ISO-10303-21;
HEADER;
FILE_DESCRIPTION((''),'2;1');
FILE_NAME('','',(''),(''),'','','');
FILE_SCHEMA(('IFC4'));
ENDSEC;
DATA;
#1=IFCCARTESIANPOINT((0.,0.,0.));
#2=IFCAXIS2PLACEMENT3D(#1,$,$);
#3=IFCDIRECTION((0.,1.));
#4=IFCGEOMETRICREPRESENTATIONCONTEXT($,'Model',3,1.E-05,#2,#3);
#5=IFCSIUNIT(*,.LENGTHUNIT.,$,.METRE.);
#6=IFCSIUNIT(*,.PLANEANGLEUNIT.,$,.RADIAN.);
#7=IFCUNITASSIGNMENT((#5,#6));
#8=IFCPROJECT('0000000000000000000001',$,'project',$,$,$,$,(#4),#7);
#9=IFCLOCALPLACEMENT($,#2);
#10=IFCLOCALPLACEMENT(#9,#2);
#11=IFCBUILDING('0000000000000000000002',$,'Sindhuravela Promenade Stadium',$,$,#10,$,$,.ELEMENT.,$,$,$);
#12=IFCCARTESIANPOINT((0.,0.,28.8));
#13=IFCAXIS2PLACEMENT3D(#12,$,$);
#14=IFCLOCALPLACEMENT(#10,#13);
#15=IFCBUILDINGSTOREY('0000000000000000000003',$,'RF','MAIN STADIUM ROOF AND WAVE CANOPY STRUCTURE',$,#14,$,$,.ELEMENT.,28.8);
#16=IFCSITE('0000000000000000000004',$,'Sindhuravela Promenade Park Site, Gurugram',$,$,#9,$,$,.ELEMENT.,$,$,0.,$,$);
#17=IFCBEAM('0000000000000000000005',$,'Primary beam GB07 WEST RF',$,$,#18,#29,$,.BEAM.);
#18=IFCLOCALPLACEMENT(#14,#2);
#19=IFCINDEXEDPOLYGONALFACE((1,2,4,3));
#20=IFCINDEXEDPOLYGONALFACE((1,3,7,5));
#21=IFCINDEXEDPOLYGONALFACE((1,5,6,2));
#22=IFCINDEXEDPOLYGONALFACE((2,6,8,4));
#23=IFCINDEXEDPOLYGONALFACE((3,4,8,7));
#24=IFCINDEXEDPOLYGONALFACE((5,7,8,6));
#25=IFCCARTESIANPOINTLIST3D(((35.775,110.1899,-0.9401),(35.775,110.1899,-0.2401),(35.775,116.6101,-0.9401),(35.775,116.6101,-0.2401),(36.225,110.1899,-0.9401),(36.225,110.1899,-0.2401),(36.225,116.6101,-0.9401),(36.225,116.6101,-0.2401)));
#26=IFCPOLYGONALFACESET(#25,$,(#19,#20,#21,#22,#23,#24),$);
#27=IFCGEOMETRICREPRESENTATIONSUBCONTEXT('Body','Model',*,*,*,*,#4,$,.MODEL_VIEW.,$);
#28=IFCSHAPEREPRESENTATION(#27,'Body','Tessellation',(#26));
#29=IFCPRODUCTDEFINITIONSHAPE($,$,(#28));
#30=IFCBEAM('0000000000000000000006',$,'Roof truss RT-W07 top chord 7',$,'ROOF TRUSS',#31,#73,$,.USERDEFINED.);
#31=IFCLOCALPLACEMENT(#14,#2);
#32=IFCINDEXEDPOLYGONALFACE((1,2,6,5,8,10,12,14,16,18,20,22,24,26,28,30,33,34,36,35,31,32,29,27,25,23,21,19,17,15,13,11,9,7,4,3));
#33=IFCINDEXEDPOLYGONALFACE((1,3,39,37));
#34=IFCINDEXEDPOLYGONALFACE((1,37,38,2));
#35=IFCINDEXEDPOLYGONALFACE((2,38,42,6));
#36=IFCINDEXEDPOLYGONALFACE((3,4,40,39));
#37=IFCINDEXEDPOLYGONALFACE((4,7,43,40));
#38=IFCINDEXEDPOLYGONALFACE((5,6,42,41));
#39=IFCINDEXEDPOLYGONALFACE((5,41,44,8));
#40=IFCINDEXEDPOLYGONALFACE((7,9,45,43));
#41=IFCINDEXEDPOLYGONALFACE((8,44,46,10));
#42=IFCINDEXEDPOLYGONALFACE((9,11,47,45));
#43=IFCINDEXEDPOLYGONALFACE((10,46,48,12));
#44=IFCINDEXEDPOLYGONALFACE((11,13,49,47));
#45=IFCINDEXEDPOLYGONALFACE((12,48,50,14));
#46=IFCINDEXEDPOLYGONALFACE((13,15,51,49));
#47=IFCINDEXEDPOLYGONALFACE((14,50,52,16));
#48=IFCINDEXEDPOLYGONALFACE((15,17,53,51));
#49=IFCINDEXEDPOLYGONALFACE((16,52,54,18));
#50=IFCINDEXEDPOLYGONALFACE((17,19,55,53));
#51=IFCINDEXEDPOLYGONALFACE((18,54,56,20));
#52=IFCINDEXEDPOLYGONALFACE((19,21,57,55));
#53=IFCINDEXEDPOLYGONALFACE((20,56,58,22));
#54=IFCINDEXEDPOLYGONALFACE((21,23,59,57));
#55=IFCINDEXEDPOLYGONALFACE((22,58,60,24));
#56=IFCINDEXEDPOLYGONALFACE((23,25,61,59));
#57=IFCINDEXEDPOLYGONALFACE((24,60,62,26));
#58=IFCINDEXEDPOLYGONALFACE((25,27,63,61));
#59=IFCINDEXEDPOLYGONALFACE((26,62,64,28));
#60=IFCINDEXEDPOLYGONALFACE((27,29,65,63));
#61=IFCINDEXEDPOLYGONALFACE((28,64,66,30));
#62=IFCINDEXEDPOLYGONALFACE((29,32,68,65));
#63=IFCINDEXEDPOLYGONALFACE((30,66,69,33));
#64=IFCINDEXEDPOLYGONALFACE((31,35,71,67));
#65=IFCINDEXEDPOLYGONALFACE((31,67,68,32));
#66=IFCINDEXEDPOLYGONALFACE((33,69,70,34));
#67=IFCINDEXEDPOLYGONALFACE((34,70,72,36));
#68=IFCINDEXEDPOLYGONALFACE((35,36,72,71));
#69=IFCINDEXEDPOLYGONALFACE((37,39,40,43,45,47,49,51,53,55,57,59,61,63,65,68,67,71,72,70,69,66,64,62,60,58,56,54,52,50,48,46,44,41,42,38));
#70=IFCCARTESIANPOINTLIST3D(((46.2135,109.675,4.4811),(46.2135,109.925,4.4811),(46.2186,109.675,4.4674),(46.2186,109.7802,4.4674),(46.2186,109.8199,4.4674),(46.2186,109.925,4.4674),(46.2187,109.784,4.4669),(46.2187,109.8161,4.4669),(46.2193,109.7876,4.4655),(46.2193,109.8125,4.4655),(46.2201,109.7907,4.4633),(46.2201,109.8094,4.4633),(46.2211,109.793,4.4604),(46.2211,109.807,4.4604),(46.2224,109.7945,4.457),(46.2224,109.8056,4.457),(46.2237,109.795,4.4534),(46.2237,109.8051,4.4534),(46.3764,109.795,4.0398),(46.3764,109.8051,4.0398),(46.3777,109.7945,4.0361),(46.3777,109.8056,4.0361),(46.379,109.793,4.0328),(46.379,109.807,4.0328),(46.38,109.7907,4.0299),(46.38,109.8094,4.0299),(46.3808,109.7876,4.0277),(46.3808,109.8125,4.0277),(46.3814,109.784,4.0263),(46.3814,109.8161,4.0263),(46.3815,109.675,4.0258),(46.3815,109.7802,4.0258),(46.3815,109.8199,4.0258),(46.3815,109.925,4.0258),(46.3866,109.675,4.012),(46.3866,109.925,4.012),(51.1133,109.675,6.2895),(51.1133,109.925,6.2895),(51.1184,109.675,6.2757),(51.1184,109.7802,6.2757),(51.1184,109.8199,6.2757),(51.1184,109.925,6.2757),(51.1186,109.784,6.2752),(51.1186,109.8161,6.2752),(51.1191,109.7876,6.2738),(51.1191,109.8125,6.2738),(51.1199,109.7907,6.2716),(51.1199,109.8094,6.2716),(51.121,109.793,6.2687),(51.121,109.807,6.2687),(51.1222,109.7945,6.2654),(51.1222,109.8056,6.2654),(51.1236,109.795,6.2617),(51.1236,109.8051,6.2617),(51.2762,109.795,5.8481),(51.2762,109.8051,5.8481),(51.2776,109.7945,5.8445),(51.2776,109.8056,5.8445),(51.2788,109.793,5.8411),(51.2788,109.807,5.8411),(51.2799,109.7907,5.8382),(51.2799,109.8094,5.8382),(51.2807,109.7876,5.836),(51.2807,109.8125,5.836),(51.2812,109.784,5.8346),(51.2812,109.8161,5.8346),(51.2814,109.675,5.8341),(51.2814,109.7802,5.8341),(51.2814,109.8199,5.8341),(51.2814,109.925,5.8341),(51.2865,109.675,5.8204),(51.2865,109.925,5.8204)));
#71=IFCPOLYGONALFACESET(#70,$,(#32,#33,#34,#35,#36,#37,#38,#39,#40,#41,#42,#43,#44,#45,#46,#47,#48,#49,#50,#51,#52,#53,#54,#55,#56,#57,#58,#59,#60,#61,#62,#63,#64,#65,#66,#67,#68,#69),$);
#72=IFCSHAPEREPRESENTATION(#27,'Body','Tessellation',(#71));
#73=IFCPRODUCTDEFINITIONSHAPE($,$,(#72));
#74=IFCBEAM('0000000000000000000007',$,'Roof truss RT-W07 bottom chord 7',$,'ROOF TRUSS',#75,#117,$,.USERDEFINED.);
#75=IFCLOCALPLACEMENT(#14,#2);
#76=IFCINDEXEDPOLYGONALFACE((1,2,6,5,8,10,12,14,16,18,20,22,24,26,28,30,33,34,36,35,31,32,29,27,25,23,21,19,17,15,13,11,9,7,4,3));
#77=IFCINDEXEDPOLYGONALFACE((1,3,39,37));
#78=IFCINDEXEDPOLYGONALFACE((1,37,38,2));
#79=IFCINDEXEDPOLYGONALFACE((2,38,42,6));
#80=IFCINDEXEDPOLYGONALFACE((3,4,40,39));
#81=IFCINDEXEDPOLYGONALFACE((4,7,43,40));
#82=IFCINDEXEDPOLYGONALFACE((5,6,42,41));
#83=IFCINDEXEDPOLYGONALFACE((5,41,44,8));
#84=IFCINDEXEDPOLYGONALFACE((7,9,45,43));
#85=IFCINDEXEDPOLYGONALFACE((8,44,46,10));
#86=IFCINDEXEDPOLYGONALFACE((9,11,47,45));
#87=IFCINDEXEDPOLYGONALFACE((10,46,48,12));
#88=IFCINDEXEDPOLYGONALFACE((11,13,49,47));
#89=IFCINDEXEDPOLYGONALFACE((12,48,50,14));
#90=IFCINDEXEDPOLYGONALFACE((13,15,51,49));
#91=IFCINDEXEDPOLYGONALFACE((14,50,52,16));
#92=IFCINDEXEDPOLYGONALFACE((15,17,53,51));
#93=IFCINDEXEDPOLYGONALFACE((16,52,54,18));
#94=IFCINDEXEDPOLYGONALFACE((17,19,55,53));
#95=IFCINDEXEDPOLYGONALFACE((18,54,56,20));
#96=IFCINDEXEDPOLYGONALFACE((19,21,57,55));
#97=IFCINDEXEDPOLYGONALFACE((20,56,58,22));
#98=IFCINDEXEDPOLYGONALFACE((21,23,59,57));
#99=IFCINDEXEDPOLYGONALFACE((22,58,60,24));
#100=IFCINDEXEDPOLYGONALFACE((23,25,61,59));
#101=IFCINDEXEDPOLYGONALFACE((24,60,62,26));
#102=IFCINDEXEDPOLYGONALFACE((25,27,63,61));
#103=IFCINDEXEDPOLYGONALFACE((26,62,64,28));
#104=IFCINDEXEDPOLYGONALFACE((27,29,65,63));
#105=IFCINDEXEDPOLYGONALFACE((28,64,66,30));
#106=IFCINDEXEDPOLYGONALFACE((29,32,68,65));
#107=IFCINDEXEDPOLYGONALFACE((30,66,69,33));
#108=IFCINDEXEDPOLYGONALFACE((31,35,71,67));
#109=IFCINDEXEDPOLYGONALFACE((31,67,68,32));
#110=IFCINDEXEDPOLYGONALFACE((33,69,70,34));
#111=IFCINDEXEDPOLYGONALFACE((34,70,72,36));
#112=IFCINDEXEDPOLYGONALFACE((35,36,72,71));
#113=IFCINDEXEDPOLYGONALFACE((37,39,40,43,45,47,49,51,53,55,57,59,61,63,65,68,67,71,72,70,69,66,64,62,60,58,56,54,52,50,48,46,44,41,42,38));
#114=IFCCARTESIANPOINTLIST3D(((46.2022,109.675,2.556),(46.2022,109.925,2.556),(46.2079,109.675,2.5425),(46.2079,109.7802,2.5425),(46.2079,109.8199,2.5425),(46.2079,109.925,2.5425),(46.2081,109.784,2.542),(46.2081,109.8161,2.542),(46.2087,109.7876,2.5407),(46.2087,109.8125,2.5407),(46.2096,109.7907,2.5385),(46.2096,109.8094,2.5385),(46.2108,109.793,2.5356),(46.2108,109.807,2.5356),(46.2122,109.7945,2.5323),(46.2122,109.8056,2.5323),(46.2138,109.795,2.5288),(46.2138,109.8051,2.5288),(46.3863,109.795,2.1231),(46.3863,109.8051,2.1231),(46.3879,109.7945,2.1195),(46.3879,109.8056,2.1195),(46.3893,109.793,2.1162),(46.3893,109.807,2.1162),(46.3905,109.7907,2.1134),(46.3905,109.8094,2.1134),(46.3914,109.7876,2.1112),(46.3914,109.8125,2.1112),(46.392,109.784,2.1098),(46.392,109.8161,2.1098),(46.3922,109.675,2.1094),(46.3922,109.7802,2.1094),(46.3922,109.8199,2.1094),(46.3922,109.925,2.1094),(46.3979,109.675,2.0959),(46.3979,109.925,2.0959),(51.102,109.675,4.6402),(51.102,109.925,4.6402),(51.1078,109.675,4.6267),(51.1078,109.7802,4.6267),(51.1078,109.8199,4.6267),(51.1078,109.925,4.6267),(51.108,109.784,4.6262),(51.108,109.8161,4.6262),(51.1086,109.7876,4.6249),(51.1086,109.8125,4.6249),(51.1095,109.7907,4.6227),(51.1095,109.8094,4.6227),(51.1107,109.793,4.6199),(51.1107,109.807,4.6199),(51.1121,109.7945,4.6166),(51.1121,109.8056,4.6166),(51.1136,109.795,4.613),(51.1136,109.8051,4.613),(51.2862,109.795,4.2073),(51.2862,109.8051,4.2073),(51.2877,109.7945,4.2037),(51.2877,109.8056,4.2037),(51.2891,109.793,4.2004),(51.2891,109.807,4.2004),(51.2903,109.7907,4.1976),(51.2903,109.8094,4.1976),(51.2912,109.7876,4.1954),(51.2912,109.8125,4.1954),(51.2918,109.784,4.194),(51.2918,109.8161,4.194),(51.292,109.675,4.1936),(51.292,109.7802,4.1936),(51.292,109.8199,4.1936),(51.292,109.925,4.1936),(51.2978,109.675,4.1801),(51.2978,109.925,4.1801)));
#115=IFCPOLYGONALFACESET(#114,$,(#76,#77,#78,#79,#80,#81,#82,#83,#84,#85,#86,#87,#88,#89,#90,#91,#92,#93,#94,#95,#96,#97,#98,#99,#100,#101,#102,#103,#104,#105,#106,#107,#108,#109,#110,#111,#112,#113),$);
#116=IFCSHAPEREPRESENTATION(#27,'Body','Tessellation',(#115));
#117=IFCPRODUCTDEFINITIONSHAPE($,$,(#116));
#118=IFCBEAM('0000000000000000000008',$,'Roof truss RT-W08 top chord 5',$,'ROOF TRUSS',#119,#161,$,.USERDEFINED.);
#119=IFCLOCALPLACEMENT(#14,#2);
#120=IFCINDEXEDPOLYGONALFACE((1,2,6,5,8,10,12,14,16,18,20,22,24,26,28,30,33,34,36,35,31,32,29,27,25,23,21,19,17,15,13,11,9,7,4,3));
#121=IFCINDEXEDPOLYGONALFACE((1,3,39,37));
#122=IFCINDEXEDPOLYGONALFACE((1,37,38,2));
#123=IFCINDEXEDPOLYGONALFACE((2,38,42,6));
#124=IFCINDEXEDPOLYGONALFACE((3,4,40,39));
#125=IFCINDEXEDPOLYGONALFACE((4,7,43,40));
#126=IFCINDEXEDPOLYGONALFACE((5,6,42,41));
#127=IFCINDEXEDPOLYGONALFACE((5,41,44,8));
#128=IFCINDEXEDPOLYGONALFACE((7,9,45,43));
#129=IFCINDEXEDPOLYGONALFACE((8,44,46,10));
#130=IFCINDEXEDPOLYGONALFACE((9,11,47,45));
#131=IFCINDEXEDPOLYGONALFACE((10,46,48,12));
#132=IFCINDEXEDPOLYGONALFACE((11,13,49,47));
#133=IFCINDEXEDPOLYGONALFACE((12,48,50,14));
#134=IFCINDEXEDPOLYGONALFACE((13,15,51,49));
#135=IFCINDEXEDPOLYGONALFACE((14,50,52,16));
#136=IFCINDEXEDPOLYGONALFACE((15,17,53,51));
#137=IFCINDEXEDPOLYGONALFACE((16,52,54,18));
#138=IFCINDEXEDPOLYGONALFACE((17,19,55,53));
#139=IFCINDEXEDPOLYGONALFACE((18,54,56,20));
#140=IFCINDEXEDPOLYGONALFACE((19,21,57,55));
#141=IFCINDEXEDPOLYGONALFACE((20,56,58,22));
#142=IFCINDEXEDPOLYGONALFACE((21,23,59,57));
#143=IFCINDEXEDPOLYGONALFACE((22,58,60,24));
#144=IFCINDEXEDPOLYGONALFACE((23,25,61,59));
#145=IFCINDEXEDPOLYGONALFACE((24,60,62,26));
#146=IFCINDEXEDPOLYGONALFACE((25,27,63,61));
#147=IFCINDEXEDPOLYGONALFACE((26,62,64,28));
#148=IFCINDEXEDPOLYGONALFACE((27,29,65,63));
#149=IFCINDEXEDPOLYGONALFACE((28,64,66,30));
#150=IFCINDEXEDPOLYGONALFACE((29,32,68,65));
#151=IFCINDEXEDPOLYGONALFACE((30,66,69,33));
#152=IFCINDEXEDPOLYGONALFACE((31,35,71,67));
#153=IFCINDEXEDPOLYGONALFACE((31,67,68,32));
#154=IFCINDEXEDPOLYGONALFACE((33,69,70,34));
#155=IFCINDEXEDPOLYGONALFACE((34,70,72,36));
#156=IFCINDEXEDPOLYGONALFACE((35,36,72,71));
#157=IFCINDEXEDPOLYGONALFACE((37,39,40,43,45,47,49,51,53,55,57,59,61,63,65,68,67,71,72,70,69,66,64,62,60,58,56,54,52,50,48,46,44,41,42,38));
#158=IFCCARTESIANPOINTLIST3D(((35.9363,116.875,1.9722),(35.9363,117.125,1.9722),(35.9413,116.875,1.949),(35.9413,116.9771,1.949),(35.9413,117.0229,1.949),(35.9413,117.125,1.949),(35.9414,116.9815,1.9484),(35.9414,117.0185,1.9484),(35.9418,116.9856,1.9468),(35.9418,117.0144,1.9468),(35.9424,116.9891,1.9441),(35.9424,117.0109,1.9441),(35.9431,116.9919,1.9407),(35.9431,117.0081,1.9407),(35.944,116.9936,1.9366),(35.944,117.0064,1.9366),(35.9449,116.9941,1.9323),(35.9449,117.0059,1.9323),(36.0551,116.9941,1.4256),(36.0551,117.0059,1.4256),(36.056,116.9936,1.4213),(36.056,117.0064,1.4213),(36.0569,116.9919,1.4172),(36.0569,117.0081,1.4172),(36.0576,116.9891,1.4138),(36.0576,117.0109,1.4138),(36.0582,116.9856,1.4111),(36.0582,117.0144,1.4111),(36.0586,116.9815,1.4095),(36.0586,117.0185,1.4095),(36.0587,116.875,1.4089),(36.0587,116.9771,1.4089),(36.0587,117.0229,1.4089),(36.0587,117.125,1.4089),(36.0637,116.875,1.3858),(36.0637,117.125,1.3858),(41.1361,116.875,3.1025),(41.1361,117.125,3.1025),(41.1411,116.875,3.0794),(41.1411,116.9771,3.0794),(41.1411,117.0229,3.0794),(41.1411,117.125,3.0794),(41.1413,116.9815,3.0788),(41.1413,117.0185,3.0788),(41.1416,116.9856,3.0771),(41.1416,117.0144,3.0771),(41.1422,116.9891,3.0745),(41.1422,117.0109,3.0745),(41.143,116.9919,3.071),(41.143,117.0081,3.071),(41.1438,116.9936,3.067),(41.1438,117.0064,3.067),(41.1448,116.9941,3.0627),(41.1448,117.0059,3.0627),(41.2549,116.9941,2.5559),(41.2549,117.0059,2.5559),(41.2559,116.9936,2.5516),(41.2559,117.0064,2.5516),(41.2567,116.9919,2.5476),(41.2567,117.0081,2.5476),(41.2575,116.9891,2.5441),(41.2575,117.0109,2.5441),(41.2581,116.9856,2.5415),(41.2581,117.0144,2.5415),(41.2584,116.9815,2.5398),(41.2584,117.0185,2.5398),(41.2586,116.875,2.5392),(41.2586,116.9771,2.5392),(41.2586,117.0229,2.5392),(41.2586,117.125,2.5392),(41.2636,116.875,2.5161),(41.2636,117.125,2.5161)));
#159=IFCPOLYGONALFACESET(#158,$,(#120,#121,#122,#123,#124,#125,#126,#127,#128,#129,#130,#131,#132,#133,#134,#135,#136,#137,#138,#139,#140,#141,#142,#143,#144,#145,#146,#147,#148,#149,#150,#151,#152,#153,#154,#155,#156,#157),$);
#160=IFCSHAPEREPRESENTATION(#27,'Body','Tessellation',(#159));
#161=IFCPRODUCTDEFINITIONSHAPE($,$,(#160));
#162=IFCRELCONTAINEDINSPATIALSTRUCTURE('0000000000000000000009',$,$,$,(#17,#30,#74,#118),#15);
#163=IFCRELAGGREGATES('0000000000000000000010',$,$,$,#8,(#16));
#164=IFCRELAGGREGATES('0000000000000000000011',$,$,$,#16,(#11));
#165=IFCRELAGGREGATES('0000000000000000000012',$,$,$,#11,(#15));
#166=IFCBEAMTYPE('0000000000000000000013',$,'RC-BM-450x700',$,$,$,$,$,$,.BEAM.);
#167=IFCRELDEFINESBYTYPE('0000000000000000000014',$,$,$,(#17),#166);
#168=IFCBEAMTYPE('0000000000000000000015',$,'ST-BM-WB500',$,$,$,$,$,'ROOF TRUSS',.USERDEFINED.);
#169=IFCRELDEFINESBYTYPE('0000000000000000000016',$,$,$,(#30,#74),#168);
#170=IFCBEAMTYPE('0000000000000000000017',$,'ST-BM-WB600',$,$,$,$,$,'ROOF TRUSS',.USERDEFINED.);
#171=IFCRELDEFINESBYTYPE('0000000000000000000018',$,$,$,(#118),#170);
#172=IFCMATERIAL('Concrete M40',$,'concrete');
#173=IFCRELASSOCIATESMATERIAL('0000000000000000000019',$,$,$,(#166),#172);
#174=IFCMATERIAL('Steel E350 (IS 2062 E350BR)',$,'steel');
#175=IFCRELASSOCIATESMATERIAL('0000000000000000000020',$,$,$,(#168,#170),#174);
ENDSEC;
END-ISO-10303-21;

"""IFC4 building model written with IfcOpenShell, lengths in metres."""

from ifc_helpers import new_model, si_unit, direction, frame, origin, origin_2d, place, context, subcontext, project, spatial, rectangle, i_section, extrude, material, material_profile, profile_set, type_object, element, save


model = new_model("IFC4")

# Units and contexts
model_context = context("Model", 3, precision=1e-05, world=origin(), true_north=direction((0.0, 1.0)))
body_context = subcontext(model_context, "Body", "Model", "MODEL_VIEW")
ifc_project = project(units=[si_unit("LENGTHUNIT", "METRE"), si_unit("PLANEANGLEUNIT", "RADIAN")], contexts=[model_context])

# Site, building, storey
site_placement = place(None, origin())
site = spatial("IfcSite", under=ifc_project, at=site_placement, Name="Sindhuravela Promenade Park Site, Gurugram", CompositionType="ELEMENT", RefElevation=0.0)
building_placement = place(site_placement, origin())
building = spatial("IfcBuilding", under=site, at=building_placement, Name="Sindhuravela Promenade Stadium", CompositionType="ELEMENT")
storey_placement = place(building_placement, frame((0.0, 0.0, 28.8)))
storey = spatial("IfcBuildingStorey", under=building, at=storey_placement, Name="RF", Description="MAIN STADIUM ROOF AND WAVE CANOPY STRUCTURE", CompositionType="ELEMENT", Elevation=28.8)

# Beams
ifc_material_1 = material(Name="Concrete M40", Category="concrete")
ifc_material_profile_1 = material_profile(ifc_material_1, rectangle(XDim=0.45, YDim=0.7, at=origin_2d()), Name="RC 450x700")
ifc_profile_set_1 = profile_set([ifc_material_profile_1], Name="Concrete M40")
beam_type_1 = type_object("IfcBeamType", Name="RC-BM-450x700", PredefinedType="BEAM", material=ifc_profile_set_1)
beam_1_placement = place(storey_placement, frame((36.0, 110.1899, -0.5901), z_axis=(0.0, 1.0, 0.0), x_axis=(-1.0, 0.0, 0.0)))
element("IfcBeam", 1, at=beam_1_placement, inside=storey, type_object=beam_type_1, Name="Primary beam GB07 WEST RF", PredefinedType="BEAM", context=body_context, shape_type="SweptSolid", body=[
    extrude(rectangle(XDim=0.45, YDim=0.7, at=origin_2d()), origin(), (0.0, 0.0, 1.0), 6.4202),
])
ifc_material_2 = material(Name="Steel E350 (IS 2062 E350BR)", Category="steel")
ifc_material_profile_2 = material_profile(ifc_material_2, i_section(OverallWidth=0.25, OverallDepth=0.5, WebThickness=0.01, FlangeThickness=0.0146, FilletRadius=0.0149, at=origin_2d()), Name="ISWB 500")
ifc_profile_set_2 = profile_set([ifc_material_profile_2], Name="Steel E350 (IS 2062 E350BR)")
beam_type_2 = type_object("IfcBeamType", Name="ST-BM-WB500", ElementType="ROOF TRUSS", PredefinedType="USERDEFINED", material=ifc_profile_set_2)
beam_2_placement = place(storey_placement, frame((46.3, 109.8, 4.2466), z_axis=(0.938149, 0.0, 0.346232), x_axis=(0.0, 1.0, 0.0)))
element("IfcBeam", 2, at=beam_2_placement, inside=storey, type_object=beam_type_2, Name="Roof truss RT-W07 top chord 7", ObjectType="ROOF TRUSS", PredefinedType="USERDEFINED", context=body_context, shape_type="SweptSolid", body=[
    extrude(i_section(OverallWidth=0.25, OverallDepth=0.5, WebThickness=0.01, FlangeThickness=0.0146, FilletRadius=0.0149, at=origin_2d()), origin(), (0.0, 0.0, 1.0), 5.2229),
])
beam_3_placement = place(storey_placement, frame((46.3, 109.8, 2.3259), z_axis=(0.920211, 0.0, 0.391422), x_axis=(0.0, 1.0, 0.0)))
element("IfcBeam", 3, at=beam_3_placement, inside=storey, type_object=beam_type_2, Name="Roof truss RT-W07 bottom chord 7", ObjectType="ROOF TRUSS", PredefinedType="USERDEFINED", context=body_context, shape_type="SweptSolid", body=[
    extrude(i_section(OverallWidth=0.25, OverallDepth=0.5, WebThickness=0.01, FlangeThickness=0.0146, FilletRadius=0.0149, at=origin_2d()), origin(), (0.0, 0.0, 1.0), 5.3247),
])
ifc_material_profile_3 = material_profile(ifc_material_2, i_section(OverallWidth=0.25, OverallDepth=0.6001, WebThickness=0.0117, FlangeThickness=0.0237, FilletRadius=0.0171, at=origin_2d()), Name="ISWB 600")
ifc_profile_set_3 = profile_set([ifc_material_profile_3], Name="Steel E350 (IS 2062 E350BR)")
beam_type_3 = type_object("IfcBeamType", Name="ST-BM-WB600", ElementType="ROOF TRUSS", PredefinedType="USERDEFINED", material=ifc_profile_set_3)
beam_4_placement = place(storey_placement, frame((36.0, 117.0, 1.679), z_axis=(0.977178, 0.0, 0.21242), x_axis=(0.0, 1.0, 0.0)))
element("IfcBeam", 4, at=beam_4_placement, inside=storey, type_object=beam_type_3, Name="Roof truss RT-W08 top chord 5", ObjectType="ROOF TRUSS", PredefinedType="USERDEFINED", context=body_context, shape_type="SweptSolid", body=[
    extrude(i_section(OverallWidth=0.25, OverallDepth=0.6001, WebThickness=0.0117, FlangeThickness=0.0237, FilletRadius=0.0171, at=origin_2d()), origin(), (0.0, 0.0, 1.0), 5.3213),
])

save(model, "model.ifc")
